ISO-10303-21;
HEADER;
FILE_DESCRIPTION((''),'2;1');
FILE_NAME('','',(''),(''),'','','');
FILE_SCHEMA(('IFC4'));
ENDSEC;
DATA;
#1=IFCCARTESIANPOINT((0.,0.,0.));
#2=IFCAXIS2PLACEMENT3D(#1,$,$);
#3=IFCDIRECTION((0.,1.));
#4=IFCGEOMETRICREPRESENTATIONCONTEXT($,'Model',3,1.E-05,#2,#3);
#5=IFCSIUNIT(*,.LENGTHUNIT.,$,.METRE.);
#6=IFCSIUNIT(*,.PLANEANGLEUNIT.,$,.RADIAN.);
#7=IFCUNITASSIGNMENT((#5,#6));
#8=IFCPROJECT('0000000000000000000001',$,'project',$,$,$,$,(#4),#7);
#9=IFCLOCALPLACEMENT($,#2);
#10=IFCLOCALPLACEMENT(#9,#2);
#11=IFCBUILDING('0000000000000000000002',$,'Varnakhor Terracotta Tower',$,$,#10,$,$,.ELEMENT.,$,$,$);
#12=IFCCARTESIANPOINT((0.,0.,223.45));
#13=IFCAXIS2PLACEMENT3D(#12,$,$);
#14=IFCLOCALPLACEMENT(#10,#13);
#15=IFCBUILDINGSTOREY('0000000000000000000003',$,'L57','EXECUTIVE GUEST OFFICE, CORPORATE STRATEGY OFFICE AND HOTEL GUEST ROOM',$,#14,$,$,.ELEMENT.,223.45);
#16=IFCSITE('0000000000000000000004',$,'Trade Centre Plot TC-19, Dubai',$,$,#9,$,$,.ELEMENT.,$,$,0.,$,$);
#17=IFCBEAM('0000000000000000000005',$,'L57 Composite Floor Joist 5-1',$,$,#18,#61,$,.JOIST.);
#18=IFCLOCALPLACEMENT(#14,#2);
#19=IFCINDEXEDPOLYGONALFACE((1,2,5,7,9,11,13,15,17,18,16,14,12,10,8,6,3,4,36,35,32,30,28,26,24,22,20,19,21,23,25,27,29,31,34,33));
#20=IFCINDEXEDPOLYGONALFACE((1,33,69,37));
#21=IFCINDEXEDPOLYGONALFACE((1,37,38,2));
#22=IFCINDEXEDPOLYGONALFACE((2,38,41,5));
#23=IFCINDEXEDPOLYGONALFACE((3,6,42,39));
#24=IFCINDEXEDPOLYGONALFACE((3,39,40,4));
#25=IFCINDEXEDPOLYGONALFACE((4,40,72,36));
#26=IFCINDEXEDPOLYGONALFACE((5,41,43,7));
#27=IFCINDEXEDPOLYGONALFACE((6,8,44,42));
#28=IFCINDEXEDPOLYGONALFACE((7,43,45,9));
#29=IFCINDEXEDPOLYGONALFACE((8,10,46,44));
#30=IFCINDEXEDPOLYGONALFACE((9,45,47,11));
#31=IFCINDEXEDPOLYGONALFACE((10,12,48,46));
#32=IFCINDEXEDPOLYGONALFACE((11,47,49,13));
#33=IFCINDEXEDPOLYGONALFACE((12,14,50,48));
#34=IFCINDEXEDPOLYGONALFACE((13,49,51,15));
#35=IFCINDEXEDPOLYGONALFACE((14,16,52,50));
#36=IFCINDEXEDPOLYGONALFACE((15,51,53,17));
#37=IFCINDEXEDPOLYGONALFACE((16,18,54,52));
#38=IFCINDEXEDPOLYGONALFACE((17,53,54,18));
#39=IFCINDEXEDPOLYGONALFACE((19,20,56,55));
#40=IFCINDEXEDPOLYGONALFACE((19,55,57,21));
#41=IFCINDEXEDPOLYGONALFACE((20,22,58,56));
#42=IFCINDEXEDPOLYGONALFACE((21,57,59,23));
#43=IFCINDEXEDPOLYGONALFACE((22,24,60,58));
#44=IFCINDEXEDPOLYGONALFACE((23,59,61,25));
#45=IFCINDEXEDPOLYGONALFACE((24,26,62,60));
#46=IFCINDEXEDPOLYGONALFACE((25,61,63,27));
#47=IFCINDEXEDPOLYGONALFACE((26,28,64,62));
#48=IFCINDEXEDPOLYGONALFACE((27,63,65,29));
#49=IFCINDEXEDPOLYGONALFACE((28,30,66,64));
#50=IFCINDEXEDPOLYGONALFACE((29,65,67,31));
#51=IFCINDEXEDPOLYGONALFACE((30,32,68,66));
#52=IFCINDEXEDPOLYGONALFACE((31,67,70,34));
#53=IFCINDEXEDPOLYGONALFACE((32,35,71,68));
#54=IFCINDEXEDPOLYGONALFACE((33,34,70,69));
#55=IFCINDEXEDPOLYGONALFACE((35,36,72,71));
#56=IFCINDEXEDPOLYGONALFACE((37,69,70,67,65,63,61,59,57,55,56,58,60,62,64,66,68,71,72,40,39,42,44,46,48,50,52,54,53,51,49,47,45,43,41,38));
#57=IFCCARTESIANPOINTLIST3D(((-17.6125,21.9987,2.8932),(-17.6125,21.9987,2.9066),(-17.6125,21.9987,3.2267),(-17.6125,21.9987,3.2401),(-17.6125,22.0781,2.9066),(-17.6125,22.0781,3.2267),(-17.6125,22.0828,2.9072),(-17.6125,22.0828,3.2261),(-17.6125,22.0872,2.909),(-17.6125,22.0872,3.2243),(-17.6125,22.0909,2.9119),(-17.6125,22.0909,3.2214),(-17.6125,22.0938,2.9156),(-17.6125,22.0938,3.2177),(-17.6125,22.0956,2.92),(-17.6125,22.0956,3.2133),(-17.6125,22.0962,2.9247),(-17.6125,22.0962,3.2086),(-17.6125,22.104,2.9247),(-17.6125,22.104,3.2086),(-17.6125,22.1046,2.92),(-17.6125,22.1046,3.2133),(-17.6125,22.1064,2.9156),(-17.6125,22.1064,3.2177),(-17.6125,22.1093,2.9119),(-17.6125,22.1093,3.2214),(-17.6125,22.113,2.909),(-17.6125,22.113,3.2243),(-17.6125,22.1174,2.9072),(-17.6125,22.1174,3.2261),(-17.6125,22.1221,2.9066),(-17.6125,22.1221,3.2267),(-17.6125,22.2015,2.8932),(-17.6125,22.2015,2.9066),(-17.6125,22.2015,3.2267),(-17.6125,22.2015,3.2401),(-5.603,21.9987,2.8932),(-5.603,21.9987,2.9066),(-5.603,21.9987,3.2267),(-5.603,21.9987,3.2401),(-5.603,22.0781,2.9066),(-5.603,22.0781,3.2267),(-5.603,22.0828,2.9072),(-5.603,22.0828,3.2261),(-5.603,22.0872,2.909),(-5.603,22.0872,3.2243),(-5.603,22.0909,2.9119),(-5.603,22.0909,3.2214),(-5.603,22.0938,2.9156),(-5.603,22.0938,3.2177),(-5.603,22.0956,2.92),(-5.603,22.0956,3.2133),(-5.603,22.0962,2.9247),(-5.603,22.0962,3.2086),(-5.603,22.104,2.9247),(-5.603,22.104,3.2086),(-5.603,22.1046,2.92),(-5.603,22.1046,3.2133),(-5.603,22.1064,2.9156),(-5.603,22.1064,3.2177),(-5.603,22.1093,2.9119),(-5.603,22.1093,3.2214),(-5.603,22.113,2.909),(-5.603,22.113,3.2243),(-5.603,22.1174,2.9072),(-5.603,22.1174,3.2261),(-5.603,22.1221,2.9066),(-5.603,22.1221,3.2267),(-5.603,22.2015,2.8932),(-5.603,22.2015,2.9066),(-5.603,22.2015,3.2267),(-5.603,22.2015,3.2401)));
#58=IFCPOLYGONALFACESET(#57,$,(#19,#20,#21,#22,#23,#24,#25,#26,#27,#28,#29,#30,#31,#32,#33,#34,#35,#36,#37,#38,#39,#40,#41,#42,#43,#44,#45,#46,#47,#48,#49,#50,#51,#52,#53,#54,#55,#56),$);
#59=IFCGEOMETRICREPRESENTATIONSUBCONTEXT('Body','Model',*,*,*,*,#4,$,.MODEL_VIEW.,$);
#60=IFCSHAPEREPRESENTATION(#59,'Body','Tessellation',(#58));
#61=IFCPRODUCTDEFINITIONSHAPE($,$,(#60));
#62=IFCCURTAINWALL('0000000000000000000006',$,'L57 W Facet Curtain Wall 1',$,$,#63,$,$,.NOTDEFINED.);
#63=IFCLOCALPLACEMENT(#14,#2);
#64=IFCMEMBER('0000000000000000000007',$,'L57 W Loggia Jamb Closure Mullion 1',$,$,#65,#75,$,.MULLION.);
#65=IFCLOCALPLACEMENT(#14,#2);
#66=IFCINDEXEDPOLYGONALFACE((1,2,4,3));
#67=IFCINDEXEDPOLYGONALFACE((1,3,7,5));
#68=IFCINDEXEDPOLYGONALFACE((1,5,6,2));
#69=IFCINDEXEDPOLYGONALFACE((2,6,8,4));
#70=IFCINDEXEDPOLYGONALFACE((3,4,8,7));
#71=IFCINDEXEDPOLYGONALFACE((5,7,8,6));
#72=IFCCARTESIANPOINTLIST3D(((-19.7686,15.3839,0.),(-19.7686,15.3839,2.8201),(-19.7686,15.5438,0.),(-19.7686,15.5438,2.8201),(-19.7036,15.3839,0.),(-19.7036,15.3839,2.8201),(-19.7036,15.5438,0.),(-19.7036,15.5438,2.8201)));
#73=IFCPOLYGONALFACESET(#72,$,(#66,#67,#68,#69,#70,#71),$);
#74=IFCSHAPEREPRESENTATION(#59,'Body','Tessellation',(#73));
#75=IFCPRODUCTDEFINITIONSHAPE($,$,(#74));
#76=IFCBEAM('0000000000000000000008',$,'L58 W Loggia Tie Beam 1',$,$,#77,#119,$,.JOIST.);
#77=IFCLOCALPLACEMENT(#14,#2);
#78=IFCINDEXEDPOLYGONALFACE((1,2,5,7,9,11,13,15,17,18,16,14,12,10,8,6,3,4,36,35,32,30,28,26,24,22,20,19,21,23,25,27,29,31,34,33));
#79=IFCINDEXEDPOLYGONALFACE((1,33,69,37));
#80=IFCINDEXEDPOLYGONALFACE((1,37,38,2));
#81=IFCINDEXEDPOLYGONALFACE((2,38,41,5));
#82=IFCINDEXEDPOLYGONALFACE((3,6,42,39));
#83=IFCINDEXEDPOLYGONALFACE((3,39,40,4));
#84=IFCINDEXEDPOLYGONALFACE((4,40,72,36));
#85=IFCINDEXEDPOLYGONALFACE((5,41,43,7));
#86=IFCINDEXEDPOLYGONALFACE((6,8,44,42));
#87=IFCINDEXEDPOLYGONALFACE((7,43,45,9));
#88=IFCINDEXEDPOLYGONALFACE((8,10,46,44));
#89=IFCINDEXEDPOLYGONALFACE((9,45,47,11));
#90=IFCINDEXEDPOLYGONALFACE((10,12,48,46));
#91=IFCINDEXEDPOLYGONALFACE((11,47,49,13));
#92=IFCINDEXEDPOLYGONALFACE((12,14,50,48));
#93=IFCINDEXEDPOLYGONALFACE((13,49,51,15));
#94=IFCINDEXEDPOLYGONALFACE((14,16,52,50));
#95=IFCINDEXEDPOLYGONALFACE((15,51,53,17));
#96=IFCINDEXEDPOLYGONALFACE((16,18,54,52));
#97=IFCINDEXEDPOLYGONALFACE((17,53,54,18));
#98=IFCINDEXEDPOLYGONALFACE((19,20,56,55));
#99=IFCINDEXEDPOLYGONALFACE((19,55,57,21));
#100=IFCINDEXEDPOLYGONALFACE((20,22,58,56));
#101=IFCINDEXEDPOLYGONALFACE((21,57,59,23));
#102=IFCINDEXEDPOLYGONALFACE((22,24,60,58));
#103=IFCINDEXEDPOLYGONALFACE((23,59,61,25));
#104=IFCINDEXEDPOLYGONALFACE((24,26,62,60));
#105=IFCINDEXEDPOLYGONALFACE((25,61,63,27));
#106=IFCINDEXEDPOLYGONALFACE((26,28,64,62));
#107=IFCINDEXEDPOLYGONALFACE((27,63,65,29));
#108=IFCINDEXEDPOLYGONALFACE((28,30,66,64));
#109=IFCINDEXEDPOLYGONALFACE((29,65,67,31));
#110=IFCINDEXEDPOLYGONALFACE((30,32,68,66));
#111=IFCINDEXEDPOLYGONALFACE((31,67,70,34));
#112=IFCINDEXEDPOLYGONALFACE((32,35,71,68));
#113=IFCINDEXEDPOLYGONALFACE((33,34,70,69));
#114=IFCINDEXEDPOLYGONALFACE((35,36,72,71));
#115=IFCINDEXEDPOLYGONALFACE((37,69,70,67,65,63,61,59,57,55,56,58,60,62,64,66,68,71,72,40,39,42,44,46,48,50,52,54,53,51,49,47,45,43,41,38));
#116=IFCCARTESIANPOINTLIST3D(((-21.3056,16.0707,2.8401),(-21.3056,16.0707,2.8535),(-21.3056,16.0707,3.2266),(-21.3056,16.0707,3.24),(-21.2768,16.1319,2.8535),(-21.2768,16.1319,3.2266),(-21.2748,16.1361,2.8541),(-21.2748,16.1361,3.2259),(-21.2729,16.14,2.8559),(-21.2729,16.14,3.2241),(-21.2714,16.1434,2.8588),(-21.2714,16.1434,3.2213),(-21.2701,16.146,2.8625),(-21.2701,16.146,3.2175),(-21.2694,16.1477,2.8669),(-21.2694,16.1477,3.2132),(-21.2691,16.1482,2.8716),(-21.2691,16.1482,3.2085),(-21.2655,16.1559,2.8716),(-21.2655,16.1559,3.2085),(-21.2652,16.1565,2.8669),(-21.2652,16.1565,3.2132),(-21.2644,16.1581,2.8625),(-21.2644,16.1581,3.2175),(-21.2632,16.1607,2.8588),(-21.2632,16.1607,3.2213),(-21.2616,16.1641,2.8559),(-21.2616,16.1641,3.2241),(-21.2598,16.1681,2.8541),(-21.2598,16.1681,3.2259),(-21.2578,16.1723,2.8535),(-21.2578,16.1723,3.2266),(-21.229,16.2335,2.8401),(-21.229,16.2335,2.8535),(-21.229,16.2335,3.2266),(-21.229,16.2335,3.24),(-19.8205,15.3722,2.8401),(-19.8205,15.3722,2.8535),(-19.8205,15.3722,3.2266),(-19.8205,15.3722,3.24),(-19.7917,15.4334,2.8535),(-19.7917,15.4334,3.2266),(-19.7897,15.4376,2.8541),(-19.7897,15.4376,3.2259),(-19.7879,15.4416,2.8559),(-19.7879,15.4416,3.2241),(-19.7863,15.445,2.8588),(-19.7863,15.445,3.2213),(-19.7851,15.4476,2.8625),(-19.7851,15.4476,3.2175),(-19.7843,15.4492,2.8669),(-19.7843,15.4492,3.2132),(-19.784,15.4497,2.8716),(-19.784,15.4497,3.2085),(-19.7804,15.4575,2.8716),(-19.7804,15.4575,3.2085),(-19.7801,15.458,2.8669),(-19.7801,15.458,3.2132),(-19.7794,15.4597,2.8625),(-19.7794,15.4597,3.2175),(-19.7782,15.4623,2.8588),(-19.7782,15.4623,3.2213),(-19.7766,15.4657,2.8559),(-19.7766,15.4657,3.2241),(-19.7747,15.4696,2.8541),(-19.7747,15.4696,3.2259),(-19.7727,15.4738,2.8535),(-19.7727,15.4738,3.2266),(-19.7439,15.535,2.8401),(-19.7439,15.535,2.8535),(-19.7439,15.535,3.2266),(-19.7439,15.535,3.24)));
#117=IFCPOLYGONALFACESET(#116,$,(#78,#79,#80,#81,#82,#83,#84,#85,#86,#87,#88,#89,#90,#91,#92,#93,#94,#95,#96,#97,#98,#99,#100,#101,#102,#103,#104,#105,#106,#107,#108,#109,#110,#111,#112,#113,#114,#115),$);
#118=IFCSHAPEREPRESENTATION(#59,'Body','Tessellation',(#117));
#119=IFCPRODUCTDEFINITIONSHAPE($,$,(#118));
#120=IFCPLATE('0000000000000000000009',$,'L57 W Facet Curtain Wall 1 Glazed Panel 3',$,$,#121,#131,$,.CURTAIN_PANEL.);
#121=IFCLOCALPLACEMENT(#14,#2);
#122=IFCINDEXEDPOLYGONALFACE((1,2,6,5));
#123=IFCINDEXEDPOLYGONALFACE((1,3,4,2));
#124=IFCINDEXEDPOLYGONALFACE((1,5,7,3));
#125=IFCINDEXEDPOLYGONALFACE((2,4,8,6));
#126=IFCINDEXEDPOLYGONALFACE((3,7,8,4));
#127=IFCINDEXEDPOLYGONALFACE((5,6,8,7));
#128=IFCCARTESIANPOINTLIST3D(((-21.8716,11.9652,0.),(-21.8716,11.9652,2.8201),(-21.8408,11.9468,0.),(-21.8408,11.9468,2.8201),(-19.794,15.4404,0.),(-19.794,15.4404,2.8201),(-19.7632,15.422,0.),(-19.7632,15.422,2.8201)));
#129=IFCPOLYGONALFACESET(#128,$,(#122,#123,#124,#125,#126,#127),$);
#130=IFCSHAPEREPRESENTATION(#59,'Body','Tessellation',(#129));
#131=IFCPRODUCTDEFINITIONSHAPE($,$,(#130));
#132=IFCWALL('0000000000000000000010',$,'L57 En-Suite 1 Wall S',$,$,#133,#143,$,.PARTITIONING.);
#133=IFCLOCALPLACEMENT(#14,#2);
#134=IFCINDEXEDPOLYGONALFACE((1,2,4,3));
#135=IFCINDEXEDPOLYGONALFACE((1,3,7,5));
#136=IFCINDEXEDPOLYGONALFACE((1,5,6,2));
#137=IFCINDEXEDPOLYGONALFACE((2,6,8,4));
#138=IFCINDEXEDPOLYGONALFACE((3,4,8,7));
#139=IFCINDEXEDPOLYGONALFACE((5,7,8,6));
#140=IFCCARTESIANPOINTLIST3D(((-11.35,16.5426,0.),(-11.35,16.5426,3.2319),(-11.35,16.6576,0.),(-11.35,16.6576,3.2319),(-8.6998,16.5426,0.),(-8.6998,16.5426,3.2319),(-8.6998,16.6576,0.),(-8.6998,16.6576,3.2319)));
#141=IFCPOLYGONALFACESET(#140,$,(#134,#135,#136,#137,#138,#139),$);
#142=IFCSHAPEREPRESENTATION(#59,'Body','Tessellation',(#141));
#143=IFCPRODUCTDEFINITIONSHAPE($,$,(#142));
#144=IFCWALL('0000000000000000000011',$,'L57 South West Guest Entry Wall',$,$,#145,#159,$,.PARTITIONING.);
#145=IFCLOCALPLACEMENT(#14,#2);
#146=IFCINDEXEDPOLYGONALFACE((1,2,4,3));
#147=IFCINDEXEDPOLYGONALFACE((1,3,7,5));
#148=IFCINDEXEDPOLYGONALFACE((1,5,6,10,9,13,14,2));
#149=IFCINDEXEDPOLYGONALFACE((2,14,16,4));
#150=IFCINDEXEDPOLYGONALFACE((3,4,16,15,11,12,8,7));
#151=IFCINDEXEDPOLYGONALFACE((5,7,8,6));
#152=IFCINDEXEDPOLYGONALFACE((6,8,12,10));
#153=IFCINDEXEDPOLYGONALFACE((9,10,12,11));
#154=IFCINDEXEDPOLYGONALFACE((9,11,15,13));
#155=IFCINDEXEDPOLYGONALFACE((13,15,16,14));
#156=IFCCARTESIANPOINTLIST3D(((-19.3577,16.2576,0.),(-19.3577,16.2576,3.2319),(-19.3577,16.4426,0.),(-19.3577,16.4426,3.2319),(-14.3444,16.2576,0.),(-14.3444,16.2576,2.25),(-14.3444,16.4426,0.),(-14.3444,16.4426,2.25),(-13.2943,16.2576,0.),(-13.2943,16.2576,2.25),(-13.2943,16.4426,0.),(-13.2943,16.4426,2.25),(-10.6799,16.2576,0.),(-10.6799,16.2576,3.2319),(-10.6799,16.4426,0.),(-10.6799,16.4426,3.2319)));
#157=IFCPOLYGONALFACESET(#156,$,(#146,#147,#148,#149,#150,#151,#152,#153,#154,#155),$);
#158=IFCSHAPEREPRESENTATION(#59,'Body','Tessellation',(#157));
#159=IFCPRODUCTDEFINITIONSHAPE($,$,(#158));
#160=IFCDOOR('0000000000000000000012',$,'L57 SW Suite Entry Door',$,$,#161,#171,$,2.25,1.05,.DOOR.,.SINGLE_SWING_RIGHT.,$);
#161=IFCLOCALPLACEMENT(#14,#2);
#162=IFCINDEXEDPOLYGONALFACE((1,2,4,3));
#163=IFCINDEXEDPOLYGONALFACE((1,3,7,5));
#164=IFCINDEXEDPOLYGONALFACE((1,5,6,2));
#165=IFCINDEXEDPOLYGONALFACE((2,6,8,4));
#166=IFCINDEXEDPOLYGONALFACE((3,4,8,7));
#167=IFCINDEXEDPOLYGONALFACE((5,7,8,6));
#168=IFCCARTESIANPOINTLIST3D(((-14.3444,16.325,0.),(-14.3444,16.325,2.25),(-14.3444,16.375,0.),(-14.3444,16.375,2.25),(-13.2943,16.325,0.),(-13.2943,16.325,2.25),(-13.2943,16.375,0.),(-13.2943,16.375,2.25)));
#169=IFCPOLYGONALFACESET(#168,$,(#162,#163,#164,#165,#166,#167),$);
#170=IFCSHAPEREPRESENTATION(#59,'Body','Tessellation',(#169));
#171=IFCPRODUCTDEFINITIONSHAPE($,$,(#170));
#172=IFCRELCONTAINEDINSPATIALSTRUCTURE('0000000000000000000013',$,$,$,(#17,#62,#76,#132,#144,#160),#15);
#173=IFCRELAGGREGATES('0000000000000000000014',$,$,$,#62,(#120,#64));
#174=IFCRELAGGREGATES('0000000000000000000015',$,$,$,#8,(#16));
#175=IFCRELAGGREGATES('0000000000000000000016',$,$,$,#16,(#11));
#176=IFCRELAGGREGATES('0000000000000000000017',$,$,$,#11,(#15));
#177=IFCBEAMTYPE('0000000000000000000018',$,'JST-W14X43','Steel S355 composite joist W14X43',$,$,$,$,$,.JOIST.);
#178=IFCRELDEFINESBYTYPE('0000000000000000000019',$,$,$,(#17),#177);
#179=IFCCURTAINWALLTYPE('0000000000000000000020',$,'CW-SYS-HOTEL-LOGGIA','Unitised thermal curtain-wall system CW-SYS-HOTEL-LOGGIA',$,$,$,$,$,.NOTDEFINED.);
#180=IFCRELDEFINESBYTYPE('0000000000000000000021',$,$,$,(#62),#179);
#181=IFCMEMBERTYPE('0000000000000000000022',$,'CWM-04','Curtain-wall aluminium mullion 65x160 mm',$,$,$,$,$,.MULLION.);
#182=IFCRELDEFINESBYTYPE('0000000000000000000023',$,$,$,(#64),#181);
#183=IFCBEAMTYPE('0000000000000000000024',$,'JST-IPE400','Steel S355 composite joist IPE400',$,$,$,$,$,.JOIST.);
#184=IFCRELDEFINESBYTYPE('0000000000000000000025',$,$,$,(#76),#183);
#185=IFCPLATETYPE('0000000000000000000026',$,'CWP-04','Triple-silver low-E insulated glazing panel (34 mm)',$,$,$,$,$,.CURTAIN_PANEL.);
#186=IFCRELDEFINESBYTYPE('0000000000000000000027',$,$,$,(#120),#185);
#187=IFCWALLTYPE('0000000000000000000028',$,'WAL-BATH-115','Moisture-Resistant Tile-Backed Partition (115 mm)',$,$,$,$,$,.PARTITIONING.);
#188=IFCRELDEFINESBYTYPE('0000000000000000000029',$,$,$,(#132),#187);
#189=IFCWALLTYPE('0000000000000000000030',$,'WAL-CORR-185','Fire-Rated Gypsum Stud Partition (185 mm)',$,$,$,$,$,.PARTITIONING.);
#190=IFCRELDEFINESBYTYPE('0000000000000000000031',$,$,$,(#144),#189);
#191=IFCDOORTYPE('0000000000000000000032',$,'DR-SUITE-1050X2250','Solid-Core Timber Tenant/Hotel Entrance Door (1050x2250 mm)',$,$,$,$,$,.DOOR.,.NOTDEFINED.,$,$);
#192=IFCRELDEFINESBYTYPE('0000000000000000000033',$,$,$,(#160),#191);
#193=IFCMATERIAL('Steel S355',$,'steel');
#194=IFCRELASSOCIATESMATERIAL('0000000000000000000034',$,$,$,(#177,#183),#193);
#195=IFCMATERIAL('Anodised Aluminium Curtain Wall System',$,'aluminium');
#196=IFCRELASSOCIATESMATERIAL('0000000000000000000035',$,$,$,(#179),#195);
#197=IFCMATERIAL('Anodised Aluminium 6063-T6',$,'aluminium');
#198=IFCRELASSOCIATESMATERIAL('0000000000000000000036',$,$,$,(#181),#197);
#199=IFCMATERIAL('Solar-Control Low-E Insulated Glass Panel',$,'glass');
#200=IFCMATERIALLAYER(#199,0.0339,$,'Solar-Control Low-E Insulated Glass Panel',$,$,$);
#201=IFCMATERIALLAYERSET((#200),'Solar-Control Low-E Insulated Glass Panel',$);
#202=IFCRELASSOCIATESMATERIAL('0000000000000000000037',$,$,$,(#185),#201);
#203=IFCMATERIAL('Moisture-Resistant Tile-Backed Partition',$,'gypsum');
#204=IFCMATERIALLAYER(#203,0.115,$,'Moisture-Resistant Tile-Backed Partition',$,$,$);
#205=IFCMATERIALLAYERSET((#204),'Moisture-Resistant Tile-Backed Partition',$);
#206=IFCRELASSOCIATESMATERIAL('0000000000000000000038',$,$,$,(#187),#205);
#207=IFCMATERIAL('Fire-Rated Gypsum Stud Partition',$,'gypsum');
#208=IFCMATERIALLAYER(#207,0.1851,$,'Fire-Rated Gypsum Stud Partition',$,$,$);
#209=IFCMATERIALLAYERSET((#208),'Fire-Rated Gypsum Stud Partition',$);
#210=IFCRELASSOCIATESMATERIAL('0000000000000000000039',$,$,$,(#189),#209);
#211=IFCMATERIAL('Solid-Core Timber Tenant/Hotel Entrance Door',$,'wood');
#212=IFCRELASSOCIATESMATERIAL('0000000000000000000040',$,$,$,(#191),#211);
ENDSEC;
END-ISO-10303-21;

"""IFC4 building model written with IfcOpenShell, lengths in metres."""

from ifc_helpers import new_model, si_unit, direction, frame, frame_2d, origin, origin_2d, place, context, subcontext, project, spatial, rectangle, i_section, extrude, source, transform, mapped, material, layer, layer_set, material_profile, profile_set, type_object, type_shapes, element, fill, aggregate, save


model = new_model("IFC4")

# Units and contexts
model_context = context("Model", 3, precision=1e-05, world=origin(), true_north=direction((0.0, 1.0)))
body_context = subcontext(model_context, "Body", "Model", "MODEL_VIEW")
ifc_project = project(units=[si_unit("LENGTHUNIT", "METRE"), si_unit("PLANEANGLEUNIT", "RADIAN")], contexts=[model_context])

# Site, building, storey
site_placement = place(None, origin())
site = spatial("IfcSite", under=ifc_project, at=site_placement, Name="Trade Centre Plot TC-19, Dubai", CompositionType="ELEMENT", RefElevation=0.0)
building_placement = place(site_placement, origin())
building = spatial("IfcBuilding", under=site, at=building_placement, Name="Varnakhor Terracotta Tower", CompositionType="ELEMENT")
storey_placement = place(building_placement, frame((0.0, 0.0, 223.45)))
storey = spatial("IfcBuildingStorey", under=building, at=storey_placement, Name="L57", Description="EXECUTIVE GUEST OFFICE, CORPORATE STRATEGY OFFICE AND HOTEL GUEST ROOM", CompositionType="ELEMENT", Elevation=223.45)

# Beam
ifc_material_1 = material(Name="Steel S355", Category="steel")
ifc_material_profile_1 = material_profile(ifc_material_1, i_section(OverallWidth=0.2029, OverallDepth=0.3469, WebThickness=0.0078, FlangeThickness=0.0134, FilletRadius=0.0181, at=origin_2d()), Name="W14X43")
ifc_profile_set_1 = profile_set([ifc_material_profile_1], Name="Steel S355")
beam_type_1 = type_object("IfcBeamType", Name="JST-W14X43", Description="Steel S355 composite joist W14X43", PredefinedType="JOIST", material=ifc_profile_set_1)
shared_shape_1 = source(origin(), body_context, "Body", "SweptSolid", [
    extrude(i_section(OverallWidth=0.2029, OverallDepth=0.3469, WebThickness=0.0078, FlangeThickness=0.0134, FilletRadius=0.0181, at=origin_2d()), origin(), (0.0, 0.0, 1.0), 12.0095),
])
beam_1_placement = place(storey_placement, frame((-17.6125, 22.1001, 3.0667), z_axis=(1.0, 0.0, 0.0), x_axis=(0.0, 1.0, 0.0)))
element("IfcBeam", 1, at=beam_1_placement, inside=storey, type_object=beam_type_1, Name="L57 Composite Floor Joist 5-1", PredefinedType="JOIST", context=body_context, shape_type="MappedRepresentation", body=[
    mapped(shared_shape_1, transform((0.0, 0.0, 0.0), scale=1.0)),
])

# Curtain wall, member
ifc_material_2 = material(Name="Anodised Aluminium Curtain Wall System", Category="aluminium")
curtain_wall_type = type_object("IfcCurtainWallType", Name="CW-SYS-HOTEL-LOGGIA", Description="Unitised thermal curtain-wall system CW-SYS-HOTEL-LOGGIA", PredefinedType="NOTDEFINED", material=ifc_material_2)
curtain_wall_placement = place(storey_placement, origin())
curtain_wall = element("IfcCurtainWall", 2, at=curtain_wall_placement, inside=storey, type_object=curtain_wall_type, Name="L57 W Facet Curtain Wall 1", PredefinedType="NOTDEFINED")
ifc_material_3 = material(Name="Anodised Aluminium 6063-T6", Category="aluminium")
ifc_material_profile_2 = material_profile(ifc_material_3, rectangle(XDim=0.0649, YDim=0.1599, at=origin_2d()), Name="ALU MULLION 65x160")
ifc_profile_set_2 = profile_set([ifc_material_profile_2], Name="Anodised Aluminium 6063-T6")
member_type = type_object("IfcMemberType", Name="CWM-04", Description="Curtain-wall aluminium mullion 65x160 mm", PredefinedType="MULLION", material=ifc_profile_set_2)
shared_shape_2 = source(origin(), body_context, "Body", "SweptSolid", [
    extrude(rectangle(XDim=0.0649, YDim=0.1599, at=origin_2d()), origin(), (0.0, 0.0, 1.0), 2.8201),
])
type_shapes(member_type, [shared_shape_2])
member_placement = place(storey_placement, frame((-19.7361, 15.4639, 0.0), z_axis=(0.0, 0.0, 1.0), x_axis=(1.0, 0.0, 0.0)))
member = element("IfcMember", 3, at=member_placement, type_object=member_type, Name="L57 W Loggia Jamb Closure Mullion 1", PredefinedType="MULLION", context=body_context, shape_type="MappedRepresentation", body=[
    mapped(shared_shape_2, transform((0.0, 0.0, 0.0), scale=1.0)),
])

# Beam
ifc_material_profile_3 = material_profile(ifc_material_1, i_section(OverallWidth=0.1799, OverallDepth=0.3999, WebThickness=0.0085, FlangeThickness=0.0134, FilletRadius=0.0181, at=origin_2d()), Name="IPE400")
ifc_profile_set_3 = profile_set([ifc_material_profile_3], Name="Steel S355")
beam_type_2 = type_object("IfcBeamType", Name="JST-IPE400", Description="Steel S355 composite joist IPE400", PredefinedType="JOIST", material=ifc_profile_set_3)
shared_shape_3 = source(origin(), body_context, "Body", "SweptSolid", [
    extrude(i_section(OverallWidth=0.1799, OverallDepth=0.3999, WebThickness=0.0085, FlangeThickness=0.0134, FilletRadius=0.0181, at=origin_2d()), origin(), (0.0, 0.0, 1.0), 1.6411),
])
beam_2_placement = place(storey_placement, frame((-19.7822, 15.4536, 3.04), z_axis=(-0.90491, 0.425604, 0.0), x_axis=(-0.425604, -0.90491, 0.0)))
element("IfcBeam", 4, at=beam_2_placement, inside=storey, type_object=beam_type_2, Name="L58 W Loggia Tie Beam 1", PredefinedType="JOIST", context=body_context, shape_type="MappedRepresentation", body=[
    mapped(shared_shape_3, transform((0.0, 0.0, 0.0), scale=1.0)),
])

# Plate
ifc_material_4 = material(Name="Solar-Control Low-E Insulated Glass Panel", Category="glass")
ifc_layer_1 = layer(ifc_material_4, 0.0339, Name="Solar-Control Low-E Insulated Glass Panel")
ifc_layer_set_1 = layer_set([ifc_layer_1], Name="Solar-Control Low-E Insulated Glass Panel")
plate_type = type_object("IfcPlateType", Name="CWP-04", Description="Triple-silver low-E insulated glazing panel (34 mm)", PredefinedType="CURTAIN_PANEL", material=ifc_layer_set_1)
shared_shape_4 = source(origin(), body_context, "Body", "SweptSolid", [
    extrude(rectangle(XDim=4.0488, YDim=0.0359, at=origin_2d()), origin(), (0.0, 0.0, 1.0), 2.8201),
])
plate_placement = place(storey_placement, frame((-20.8174, 13.6936, 0.0), z_axis=(0.0, 0.0, 1.0), x_axis=(0.513137, 0.858307, 0.0)))
plate = element("IfcPlate", 5, at=plate_placement, type_object=plate_type, Name="L57 W Facet Curtain Wall 1 Glazed Panel 3", PredefinedType="CURTAIN_PANEL", context=body_context, shape_type="MappedRepresentation", body=[
    mapped(shared_shape_4, transform((0.0, 0.0, 0.0), scale=1.0)),
])
aggregate(curtain_wall, [plate, member])

# Wall
ifc_material_5 = material(Name="Moisture-Resistant Tile-Backed Partition", Category="gypsum")
ifc_layer_2 = layer(ifc_material_5, 0.115, Name="Moisture-Resistant Tile-Backed Partition")
ifc_layer_set_2 = layer_set([ifc_layer_2], Name="Moisture-Resistant Tile-Backed Partition")
wall_type_1 = type_object("IfcWallType", Name="WAL-BATH-115", Description="Moisture-Resistant Tile-Backed Partition (115 mm)", PredefinedType="PARTITIONING", material=ifc_layer_set_2)
wall_1_placement = place(storey_placement, frame((-11.3501, 16.6001, 0.0), z_axis=(0.0, 0.0, 1.0), x_axis=(1.0, 0.0, 0.0)))
element("IfcWall", 6, at=wall_1_placement, inside=storey, type_object=wall_type_1, Name="L57 En-Suite 1 Wall S", PredefinedType="PARTITIONING", context=body_context, shape_type="SweptSolid", body=[
    extrude(rectangle(XDim=2.6501, YDim=0.115, at=frame_2d((1.3252, 0.0))), origin(), (0.0, 0.0, 1.0), 3.2319),
])

# Wall, opening, door
ifc_material_6 = material(Name="Fire-Rated Gypsum Stud Partition", Category="gypsum")
ifc_layer_3 = layer(ifc_material_6, 0.1851, Name="Fire-Rated Gypsum Stud Partition")
ifc_layer_set_3 = layer_set([ifc_layer_3], Name="Fire-Rated Gypsum Stud Partition")
wall_type_2 = type_object("IfcWallType", Name="WAL-CORR-185", Description="Fire-Rated Gypsum Stud Partition (185 mm)", PredefinedType="PARTITIONING", material=ifc_layer_set_3)
wall_2_placement = place(storey_placement, frame((-19.3577, 16.3501, 0.0), z_axis=(0.0, 0.0, 1.0), x_axis=(1.0, 0.0, 0.0)))
wall_2 = element("IfcWall", 7, at=wall_2_placement, inside=storey, type_object=wall_type_2, Name="L57 South West Guest Entry Wall", PredefinedType="PARTITIONING", context=body_context, shape_type="SweptSolid", body=[
    extrude(rectangle(XDim=8.6777, YDim=0.1851, at=frame_2d((4.3389, 0.0))), origin(), (0.0, 0.0, 1.0), 3.2319),
])
opening_1_placement = place(wall_2_placement, frame((5.0134, 0.0, 0.0)))
opening_1 = element("IfcOpeningElement", 8, at=opening_1_placement, cuts=wall_2, PredefinedType="OPENING", context=body_context, shape_type="SweptSolid", body=[
    extrude(rectangle(XDim=1.05, YDim=2.25, at=frame_2d((0.5249, 1.125))), frame((0.0, 0.1025, 0.0), z_axis=(0.0, -1.0, 0.0), x_axis=(1.0, 0.0, 0.0)), (0.0, 0.0, 1.0), 0.2051),
])
ifc_material_7 = material(Name="Solid-Core Timber Tenant/Hotel Entrance Door", Category="wood")
door_type_1 = type_object("IfcDoorType", Name="DR-SUITE-1050X2250", Description="Solid-Core Timber Tenant/Hotel Entrance Door (1050x2250 mm)", OperationType="NOTDEFINED", PredefinedType="DOOR", material=ifc_material_7)
shared_shape_5 = source(origin(), body_context, "Body", "SweptSolid", [
    extrude(rectangle(XDim=1.05, YDim=2.25, at=frame_2d((0.5249, 1.125))), frame((0.0, 0.0249, 0.0), z_axis=(0.0, -1.0, 0.0), x_axis=(1.0, 0.0, 0.0)), (0.0, 0.0, 1.0), 0.05),
])
type_shapes(door_type_1, [shared_shape_5])
door_1_placement = place(opening_1_placement, origin())
door_1 = element("IfcDoor", 9, at=door_1_placement, inside=storey, type_object=door_type_1, Name="L57 SW Suite Entry Door", OperationType="SINGLE_SWING_RIGHT", OverallHeight=2.25, OverallWidth=1.05, PredefinedType="DOOR", context=body_context, shape_type="MappedRepresentation", body=[
    mapped(shared_shape_5, transform((0.0, 0.0, 0.0), scale=1.0)),
])
fill(opening_1, door_1)

save(model, "model.ifc")
